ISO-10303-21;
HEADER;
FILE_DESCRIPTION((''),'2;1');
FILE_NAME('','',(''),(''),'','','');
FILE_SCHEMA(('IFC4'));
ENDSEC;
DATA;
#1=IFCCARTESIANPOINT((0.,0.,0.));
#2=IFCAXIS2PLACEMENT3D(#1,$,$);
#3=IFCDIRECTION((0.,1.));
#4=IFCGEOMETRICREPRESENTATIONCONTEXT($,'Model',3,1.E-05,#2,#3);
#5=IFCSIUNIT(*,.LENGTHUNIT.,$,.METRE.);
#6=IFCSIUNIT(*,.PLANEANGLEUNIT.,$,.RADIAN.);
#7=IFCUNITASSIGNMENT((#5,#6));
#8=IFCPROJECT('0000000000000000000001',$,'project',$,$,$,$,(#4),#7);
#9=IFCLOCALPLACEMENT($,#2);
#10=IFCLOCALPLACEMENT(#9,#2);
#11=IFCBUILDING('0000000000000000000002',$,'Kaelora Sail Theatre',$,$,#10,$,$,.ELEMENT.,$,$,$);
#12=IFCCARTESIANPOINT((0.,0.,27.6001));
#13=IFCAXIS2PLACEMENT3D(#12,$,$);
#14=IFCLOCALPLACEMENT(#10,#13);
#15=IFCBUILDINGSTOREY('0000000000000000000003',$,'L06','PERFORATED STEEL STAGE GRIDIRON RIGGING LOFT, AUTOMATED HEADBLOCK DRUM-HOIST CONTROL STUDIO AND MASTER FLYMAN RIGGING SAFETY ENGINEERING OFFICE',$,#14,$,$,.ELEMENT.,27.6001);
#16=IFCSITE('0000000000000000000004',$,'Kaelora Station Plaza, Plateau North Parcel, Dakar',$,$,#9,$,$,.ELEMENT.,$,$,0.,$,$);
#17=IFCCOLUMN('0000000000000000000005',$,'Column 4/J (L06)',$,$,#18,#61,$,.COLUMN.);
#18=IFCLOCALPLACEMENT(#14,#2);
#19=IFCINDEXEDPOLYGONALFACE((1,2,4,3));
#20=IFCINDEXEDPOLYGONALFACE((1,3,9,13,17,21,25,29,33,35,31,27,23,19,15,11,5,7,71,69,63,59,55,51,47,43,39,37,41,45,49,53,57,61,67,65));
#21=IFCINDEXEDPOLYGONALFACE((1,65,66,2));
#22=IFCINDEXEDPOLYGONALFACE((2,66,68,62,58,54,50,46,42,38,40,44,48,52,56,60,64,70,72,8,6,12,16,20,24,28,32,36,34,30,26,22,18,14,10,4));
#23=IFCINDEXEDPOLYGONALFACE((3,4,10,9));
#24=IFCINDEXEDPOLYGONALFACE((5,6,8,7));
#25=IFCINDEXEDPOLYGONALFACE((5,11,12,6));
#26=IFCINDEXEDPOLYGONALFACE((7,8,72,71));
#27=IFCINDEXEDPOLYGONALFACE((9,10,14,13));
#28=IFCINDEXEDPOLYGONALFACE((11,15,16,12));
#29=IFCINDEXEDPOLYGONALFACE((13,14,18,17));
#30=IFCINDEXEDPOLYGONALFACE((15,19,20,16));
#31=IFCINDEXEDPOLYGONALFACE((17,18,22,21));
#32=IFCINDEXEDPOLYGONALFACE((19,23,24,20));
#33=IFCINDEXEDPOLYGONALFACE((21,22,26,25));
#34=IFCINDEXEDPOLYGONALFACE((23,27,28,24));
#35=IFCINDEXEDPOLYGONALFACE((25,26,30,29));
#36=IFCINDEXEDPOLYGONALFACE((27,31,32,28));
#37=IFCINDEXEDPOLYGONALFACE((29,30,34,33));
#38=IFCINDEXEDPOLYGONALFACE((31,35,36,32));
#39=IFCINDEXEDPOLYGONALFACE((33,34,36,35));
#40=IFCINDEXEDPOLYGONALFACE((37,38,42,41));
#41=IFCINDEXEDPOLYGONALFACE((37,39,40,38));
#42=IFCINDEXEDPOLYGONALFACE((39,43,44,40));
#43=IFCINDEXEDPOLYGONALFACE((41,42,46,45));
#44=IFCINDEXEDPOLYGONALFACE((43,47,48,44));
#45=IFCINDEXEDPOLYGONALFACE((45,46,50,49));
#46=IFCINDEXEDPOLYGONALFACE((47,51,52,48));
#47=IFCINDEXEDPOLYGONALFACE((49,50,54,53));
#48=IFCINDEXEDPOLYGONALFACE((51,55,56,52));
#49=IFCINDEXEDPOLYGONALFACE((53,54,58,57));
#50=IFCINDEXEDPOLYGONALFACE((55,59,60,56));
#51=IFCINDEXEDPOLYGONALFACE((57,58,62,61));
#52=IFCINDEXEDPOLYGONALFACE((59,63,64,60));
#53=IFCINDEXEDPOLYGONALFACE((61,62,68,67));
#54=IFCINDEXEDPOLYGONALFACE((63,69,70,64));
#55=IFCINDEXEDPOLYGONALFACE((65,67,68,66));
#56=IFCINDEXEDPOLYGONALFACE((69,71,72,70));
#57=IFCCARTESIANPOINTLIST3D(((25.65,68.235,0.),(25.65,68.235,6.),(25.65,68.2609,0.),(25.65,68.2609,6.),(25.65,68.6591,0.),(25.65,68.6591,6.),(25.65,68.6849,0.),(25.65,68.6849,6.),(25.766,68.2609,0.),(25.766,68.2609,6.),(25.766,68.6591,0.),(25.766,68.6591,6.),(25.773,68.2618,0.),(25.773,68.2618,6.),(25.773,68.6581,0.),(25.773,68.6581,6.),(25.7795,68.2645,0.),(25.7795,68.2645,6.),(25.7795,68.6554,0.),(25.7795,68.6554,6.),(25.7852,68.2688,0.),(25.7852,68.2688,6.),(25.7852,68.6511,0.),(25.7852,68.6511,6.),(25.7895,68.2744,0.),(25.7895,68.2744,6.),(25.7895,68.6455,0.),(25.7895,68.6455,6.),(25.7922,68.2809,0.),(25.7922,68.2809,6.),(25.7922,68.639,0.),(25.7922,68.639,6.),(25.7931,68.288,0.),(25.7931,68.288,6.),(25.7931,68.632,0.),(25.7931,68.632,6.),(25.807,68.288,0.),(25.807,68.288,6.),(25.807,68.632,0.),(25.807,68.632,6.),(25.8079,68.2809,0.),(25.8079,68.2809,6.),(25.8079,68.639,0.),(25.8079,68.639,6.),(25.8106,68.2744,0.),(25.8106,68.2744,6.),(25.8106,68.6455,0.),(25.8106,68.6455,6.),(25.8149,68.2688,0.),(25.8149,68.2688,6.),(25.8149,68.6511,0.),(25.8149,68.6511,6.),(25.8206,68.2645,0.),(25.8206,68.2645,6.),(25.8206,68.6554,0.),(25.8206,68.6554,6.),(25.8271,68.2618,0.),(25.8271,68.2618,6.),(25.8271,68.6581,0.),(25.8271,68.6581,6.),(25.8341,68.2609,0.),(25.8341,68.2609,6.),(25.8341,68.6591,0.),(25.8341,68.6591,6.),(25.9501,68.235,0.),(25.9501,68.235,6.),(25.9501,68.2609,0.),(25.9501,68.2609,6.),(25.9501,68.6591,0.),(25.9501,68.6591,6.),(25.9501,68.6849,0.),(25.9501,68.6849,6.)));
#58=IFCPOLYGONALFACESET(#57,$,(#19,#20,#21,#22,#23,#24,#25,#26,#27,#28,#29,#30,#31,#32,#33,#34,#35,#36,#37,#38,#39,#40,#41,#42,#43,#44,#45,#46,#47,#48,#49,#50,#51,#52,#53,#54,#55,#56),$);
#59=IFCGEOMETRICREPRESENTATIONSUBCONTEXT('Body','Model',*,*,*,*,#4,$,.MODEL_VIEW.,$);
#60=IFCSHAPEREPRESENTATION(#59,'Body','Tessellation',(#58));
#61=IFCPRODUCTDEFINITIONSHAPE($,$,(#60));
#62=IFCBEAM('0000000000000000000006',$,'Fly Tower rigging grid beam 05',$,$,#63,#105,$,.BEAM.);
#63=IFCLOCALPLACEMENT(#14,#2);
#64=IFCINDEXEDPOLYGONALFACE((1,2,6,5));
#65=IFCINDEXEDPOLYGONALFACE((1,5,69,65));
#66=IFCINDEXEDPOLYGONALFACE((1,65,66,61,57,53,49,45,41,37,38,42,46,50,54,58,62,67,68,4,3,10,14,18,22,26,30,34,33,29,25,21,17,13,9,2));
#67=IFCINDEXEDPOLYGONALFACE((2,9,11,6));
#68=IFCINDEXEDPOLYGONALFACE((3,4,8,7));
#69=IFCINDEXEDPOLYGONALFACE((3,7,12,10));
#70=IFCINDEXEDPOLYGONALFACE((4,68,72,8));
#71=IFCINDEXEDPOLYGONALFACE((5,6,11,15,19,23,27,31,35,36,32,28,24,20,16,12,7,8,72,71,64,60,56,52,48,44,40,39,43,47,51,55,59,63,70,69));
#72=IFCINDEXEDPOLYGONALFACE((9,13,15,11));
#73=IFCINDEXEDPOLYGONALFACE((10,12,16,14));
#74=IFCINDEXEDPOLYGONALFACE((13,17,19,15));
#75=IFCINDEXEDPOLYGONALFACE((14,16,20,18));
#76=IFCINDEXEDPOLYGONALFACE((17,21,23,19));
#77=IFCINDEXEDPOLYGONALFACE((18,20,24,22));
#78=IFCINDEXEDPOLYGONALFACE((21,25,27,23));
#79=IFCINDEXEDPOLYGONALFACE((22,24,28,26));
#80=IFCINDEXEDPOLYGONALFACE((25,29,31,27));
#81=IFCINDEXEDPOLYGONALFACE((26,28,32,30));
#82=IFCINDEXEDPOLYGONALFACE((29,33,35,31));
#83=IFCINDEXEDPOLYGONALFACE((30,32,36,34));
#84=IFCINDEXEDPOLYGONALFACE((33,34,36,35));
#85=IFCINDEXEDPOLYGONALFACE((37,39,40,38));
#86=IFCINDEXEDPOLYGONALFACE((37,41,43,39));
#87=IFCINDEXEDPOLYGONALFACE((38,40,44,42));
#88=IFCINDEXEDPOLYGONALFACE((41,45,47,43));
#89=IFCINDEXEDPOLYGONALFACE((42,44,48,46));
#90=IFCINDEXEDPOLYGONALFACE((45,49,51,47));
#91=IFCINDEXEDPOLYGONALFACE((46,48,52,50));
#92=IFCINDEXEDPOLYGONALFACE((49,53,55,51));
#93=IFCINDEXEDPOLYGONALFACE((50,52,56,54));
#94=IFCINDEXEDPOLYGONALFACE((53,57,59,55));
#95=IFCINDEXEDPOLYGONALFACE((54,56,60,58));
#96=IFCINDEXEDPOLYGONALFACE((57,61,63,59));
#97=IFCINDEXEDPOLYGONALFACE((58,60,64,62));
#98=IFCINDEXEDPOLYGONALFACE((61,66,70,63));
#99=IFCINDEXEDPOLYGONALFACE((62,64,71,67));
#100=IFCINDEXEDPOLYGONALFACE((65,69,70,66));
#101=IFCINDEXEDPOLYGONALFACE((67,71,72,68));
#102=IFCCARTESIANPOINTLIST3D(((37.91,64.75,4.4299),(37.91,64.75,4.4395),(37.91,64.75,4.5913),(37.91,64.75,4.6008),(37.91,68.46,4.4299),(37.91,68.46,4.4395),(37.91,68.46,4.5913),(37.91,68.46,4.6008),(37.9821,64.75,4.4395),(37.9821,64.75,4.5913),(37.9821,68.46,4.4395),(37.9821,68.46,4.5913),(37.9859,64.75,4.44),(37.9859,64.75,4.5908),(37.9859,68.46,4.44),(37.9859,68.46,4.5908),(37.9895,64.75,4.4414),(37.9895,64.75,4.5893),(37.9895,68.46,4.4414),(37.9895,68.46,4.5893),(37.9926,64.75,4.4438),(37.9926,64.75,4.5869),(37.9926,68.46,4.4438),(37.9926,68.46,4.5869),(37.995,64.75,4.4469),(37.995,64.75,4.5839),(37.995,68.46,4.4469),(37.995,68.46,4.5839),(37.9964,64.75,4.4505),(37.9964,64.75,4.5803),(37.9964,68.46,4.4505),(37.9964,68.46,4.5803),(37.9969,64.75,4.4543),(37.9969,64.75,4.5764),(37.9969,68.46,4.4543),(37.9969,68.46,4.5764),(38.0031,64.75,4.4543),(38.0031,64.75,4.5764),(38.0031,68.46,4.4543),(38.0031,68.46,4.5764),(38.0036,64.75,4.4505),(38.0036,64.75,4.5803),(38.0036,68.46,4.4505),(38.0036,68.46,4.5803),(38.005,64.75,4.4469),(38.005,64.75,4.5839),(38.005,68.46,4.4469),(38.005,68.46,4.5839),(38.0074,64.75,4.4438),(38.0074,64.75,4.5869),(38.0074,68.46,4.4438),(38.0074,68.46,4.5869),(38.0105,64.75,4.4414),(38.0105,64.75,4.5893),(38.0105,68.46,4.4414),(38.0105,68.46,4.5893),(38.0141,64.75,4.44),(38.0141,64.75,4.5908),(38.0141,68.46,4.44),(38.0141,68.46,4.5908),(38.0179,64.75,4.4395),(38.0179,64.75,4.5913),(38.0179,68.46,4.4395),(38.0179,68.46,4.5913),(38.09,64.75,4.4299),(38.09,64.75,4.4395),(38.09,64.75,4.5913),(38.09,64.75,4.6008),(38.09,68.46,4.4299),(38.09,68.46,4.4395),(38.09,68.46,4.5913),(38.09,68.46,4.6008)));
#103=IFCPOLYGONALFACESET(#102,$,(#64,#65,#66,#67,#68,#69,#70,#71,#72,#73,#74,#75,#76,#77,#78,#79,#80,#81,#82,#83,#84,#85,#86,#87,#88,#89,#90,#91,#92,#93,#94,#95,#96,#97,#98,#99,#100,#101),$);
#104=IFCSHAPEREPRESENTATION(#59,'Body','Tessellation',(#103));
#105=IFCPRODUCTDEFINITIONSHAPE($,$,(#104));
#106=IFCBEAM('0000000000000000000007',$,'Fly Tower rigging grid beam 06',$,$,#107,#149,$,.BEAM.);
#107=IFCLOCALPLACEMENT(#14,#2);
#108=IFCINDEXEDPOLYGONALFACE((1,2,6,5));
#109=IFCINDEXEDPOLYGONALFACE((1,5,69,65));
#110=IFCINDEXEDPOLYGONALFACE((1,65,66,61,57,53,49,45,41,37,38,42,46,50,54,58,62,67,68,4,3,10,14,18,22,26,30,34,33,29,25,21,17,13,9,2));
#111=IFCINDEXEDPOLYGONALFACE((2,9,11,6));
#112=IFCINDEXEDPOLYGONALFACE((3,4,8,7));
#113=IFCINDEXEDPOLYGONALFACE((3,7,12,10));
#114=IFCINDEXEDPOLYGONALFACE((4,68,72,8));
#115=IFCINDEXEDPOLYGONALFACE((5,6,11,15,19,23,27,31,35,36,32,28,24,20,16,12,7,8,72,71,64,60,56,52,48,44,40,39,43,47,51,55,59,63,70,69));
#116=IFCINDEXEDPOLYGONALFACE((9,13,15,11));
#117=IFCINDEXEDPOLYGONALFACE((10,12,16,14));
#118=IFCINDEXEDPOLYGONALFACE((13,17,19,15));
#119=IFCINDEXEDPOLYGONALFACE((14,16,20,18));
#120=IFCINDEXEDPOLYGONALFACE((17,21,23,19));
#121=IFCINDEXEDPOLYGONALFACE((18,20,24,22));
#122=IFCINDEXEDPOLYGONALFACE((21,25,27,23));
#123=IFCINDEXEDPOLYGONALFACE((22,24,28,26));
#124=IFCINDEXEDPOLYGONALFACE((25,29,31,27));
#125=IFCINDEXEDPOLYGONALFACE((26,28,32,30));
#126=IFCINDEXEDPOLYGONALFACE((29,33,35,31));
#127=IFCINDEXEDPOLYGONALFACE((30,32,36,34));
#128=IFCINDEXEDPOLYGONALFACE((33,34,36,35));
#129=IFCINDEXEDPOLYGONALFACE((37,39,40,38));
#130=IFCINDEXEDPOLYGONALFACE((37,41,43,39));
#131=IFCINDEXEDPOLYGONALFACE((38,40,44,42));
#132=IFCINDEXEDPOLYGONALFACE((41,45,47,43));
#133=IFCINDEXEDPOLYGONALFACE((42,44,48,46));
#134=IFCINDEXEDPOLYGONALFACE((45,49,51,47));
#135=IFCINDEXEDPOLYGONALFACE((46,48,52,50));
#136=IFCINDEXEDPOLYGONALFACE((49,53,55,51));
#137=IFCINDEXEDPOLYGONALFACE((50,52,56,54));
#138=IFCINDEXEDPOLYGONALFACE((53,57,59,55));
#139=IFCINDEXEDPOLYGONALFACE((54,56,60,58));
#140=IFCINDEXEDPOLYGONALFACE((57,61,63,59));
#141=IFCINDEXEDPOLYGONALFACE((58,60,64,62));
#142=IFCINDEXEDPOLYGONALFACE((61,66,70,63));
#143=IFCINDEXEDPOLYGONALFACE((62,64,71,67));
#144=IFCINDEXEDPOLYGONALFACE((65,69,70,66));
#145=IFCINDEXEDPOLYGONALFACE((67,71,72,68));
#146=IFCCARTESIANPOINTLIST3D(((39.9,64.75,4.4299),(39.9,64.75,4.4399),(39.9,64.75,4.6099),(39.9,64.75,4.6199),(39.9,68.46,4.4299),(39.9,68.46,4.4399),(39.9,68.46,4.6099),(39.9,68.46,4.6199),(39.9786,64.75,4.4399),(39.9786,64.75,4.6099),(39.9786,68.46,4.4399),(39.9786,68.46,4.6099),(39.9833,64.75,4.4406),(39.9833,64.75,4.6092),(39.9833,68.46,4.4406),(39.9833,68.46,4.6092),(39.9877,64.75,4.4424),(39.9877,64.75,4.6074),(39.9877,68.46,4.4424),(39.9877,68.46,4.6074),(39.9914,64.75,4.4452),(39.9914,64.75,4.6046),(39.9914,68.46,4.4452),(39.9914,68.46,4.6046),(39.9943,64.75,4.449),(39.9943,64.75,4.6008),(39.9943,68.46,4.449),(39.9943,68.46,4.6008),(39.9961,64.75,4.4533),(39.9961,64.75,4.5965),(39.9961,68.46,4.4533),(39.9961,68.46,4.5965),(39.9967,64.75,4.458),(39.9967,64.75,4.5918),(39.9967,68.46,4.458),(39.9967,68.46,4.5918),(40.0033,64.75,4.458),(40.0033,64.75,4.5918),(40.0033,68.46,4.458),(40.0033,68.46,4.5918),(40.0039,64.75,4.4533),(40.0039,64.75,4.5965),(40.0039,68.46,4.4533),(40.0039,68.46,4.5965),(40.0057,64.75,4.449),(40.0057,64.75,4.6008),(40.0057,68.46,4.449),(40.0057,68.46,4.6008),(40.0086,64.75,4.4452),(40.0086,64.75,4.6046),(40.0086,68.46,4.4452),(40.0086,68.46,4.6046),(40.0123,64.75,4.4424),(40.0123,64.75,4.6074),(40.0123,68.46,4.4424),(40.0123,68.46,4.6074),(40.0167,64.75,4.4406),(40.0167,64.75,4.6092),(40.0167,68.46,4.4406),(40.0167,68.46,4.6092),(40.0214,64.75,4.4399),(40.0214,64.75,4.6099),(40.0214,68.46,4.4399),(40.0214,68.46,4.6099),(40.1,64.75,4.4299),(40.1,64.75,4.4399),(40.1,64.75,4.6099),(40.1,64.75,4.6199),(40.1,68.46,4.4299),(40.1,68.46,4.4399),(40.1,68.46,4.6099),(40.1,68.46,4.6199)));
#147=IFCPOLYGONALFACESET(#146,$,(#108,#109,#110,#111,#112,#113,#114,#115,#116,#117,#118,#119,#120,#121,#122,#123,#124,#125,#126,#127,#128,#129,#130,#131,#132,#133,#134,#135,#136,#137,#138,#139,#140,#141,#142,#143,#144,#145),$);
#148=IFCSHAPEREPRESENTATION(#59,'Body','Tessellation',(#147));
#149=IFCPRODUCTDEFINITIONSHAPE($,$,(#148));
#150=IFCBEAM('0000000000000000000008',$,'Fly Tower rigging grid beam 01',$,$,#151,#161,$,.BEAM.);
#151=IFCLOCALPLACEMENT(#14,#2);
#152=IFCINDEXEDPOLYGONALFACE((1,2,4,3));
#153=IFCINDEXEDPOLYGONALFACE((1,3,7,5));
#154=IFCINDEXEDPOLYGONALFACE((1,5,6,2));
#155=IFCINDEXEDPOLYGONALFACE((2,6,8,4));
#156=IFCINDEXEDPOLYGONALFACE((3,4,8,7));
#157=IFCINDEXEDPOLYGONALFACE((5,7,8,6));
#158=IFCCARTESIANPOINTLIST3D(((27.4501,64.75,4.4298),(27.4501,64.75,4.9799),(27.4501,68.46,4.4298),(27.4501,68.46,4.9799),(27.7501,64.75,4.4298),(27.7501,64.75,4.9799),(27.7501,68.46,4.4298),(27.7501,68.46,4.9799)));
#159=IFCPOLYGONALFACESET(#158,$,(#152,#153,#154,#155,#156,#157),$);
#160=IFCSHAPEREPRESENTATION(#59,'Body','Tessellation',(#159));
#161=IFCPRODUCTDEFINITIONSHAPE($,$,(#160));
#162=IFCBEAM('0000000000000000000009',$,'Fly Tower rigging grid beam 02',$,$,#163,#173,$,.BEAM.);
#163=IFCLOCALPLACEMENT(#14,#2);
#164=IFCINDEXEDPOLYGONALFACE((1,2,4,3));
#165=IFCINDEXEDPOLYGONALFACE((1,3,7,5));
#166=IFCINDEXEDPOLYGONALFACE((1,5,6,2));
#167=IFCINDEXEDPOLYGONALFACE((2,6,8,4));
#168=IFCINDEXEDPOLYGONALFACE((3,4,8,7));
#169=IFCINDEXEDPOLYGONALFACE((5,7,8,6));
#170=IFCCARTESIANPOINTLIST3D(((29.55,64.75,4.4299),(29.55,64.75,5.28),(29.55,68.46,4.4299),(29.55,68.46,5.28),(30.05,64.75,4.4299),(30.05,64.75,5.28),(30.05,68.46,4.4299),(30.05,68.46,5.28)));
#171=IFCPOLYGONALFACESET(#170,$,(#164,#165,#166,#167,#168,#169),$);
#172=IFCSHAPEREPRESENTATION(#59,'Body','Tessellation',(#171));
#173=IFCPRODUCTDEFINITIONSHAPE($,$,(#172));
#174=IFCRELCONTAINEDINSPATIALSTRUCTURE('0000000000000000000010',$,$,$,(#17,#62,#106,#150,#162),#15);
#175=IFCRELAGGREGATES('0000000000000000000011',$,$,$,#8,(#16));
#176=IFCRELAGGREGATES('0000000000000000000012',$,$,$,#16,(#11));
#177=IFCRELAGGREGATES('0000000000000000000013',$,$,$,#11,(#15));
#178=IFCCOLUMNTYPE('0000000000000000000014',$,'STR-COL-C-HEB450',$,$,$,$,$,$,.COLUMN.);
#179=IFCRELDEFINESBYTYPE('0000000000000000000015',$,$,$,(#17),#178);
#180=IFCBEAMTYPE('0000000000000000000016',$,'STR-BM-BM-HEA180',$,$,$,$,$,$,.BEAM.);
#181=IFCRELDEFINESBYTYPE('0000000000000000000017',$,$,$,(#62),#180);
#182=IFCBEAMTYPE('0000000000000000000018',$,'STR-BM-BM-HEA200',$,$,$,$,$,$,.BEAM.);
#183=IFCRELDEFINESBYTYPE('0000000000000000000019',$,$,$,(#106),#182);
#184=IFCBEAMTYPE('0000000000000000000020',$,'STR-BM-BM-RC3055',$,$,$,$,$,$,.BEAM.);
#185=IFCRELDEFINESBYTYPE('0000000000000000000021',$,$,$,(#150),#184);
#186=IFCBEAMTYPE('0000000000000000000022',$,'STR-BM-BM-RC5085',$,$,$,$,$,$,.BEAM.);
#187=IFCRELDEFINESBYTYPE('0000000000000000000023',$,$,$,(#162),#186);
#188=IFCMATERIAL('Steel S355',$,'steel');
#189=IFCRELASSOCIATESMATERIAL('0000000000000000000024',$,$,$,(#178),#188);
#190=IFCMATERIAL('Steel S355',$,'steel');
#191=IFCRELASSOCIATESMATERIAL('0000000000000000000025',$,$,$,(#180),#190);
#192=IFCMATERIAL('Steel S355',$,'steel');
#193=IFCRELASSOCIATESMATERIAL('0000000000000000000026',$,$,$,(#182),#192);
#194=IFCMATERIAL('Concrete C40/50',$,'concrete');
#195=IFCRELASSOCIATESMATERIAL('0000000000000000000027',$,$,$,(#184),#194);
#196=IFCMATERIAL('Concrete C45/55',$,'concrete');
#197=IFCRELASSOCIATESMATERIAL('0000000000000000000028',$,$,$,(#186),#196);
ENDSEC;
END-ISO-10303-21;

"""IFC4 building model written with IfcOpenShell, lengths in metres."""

from ifc_helpers import new_model, si_unit, direction, frame, origin, origin_2d, place, context, subcontext, project, spatial, rectangle, i_section, extrude, material, material_profile, profile_set, type_object, element, save


model = new_model("IFC4")

# Units and contexts
model_context = context("Model", 3, precision=1e-05, world=origin(), true_north=direction((0.0, 1.0)))
body_context = subcontext(model_context, "Body", "Model", "MODEL_VIEW")
ifc_project = project(units=[si_unit("LENGTHUNIT", "METRE"), si_unit("PLANEANGLEUNIT", "RADIAN")], contexts=[model_context])

# Site, building, storey
site_placement = place(None, origin())
site = spatial("IfcSite", under=ifc_project, at=site_placement, Name="Kaelora Station Plaza, Plateau North Parcel, Dakar", CompositionType="ELEMENT", RefElevation=0.0)
building_placement = place(site_placement, origin())
building = spatial("IfcBuilding", under=site, at=building_placement, Name="Kaelora Sail Theatre", CompositionType="ELEMENT")
storey_placement = place(building_placement, frame((0.0, 0.0, 27.6001)))
storey = spatial("IfcBuildingStorey", under=building, at=storey_placement, Name="L06", Description="PERFORATED STEEL STAGE GRIDIRON RIGGING LOFT, AUTOMATED HEADBLOCK DRUM-HOIST CONTROL STUDIO AND MASTER FLYMAN RIGGING SAFETY ENGINEERING OFFICE", CompositionType="ELEMENT", Elevation=27.6001)

# Column
ifc_material_1 = material(Name="Steel S355", Category="steel")
ifc_material_profile_1 = material_profile(ifc_material_1, i_section(OverallWidth=0.3, OverallDepth=0.45, WebThickness=0.0139, FlangeThickness=0.0259, FilletRadius=0.0271, at=origin_2d()), Name="HEB 450")
ifc_profile_set_1 = profile_set([ifc_material_profile_1], Name="Steel S355")
column_type = type_object("IfcColumnType", Name="STR-COL-C-HEB450", PredefinedType="COLUMN", material=ifc_profile_set_1)
column_placement = place(storey_placement, frame((25.8, 68.46, 0.0), z_axis=(0.0, 0.0, 1.0), x_axis=(1.0, 0.0, 0.0)))
element("IfcColumn", 1, at=column_placement, inside=storey, type_object=column_type, Name="Column 4/J (L06)", PredefinedType="COLUMN", context=body_context, shape_type="SweptSolid", body=[
    extrude(i_section(OverallWidth=0.3, OverallDepth=0.45, WebThickness=0.0139, FlangeThickness=0.0259, FilletRadius=0.0271, at=origin_2d()), origin(), (0.0, 0.0, 1.0), 6.0),
])

# Beams
ifc_material_2 = material(Name="Steel S355", Category="steel")
ifc_material_profile_2 = material_profile(ifc_material_2, i_section(OverallWidth=0.1799, OverallDepth=0.1709, WebThickness=0.0061, FlangeThickness=0.0095, FilletRadius=0.0149, at=origin_2d()), Name="HEA 180")
ifc_profile_set_2 = profile_set([ifc_material_profile_2], Name="Steel S355")
beam_type_1 = type_object("IfcBeamType", Name="STR-BM-BM-HEA180", PredefinedType="BEAM", material=ifc_profile_set_2)
beam_1_placement = place(storey_placement, frame((38.0, 64.75, 4.5154), z_axis=(0.0, 1.0, 0.0), x_axis=(-1.0, 0.0, 0.0)))
element("IfcBeam", 2, at=beam_1_placement, inside=storey, type_object=beam_type_1, Name="Fly Tower rigging grid beam 05", PredefinedType="BEAM", context=body_context, shape_type="SweptSolid", body=[
    extrude(i_section(OverallWidth=0.1799, OverallDepth=0.1709, WebThickness=0.0061, FlangeThickness=0.0095, FilletRadius=0.0149, at=origin_2d()), origin(), (0.0, 0.0, 1.0), 3.71),
])
ifc_material_3 = material(Name="Steel S355", Category="steel")
ifc_material_profile_3 = material_profile(ifc_material_3, i_section(OverallWidth=0.2, OverallDepth=0.1899, WebThickness=0.0066, FlangeThickness=0.01, FilletRadius=0.0181, at=origin_2d()), Name="HEA 200")
ifc_profile_set_3 = profile_set([ifc_material_profile_3], Name="Steel S355")
beam_type_2 = type_object("IfcBeamType", Name="STR-BM-BM-HEA200", PredefinedType="BEAM", material=ifc_profile_set_3)
beam_2_placement = place(storey_placement, frame((40.0, 64.75, 4.5249), z_axis=(0.0, 1.0, 0.0), x_axis=(-1.0, 0.0, 0.0)))
element("IfcBeam", 3, at=beam_2_placement, inside=storey, type_object=beam_type_2, Name="Fly Tower rigging grid beam 06", PredefinedType="BEAM", context=body_context, shape_type="SweptSolid", body=[
    extrude(i_section(OverallWidth=0.2, OverallDepth=0.1899, WebThickness=0.0066, FlangeThickness=0.01, FilletRadius=0.0181, at=origin_2d()), origin(), (0.0, 0.0, 1.0), 3.71),
])
ifc_material_4 = material(Name="Concrete C40/50", Category="concrete")
ifc_material_profile_4 = material_profile(ifc_material_4, rectangle(XDim=0.3, YDim=0.55, at=origin_2d()), Name="RC-BM 300x550")
ifc_profile_set_4 = profile_set([ifc_material_profile_4], Name="Concrete C40/50")
beam_type_3 = type_object("IfcBeamType", Name="STR-BM-BM-RC3055", PredefinedType="BEAM", material=ifc_profile_set_4)
beam_3_placement = place(storey_placement, frame((27.6001, 64.75, 4.7048), z_axis=(0.0, 1.0, 0.0), x_axis=(-1.0, 0.0, 0.0)))
element("IfcBeam", 4, at=beam_3_placement, inside=storey, type_object=beam_type_3, Name="Fly Tower rigging grid beam 01", PredefinedType="BEAM", context=body_context, shape_type="SweptSolid", body=[
    extrude(rectangle(XDim=0.3, YDim=0.55, at=origin_2d()), origin(), (0.0, 0.0, 1.0), 3.71),
])
ifc_material_5 = material(Name="Concrete C45/55", Category="concrete")
ifc_material_profile_5 = material_profile(ifc_material_5, rectangle(XDim=0.5, YDim=0.8501, at=origin_2d()), Name="RC-BM 500x850")
ifc_profile_set_5 = profile_set([ifc_material_profile_5], Name="Concrete C45/55")
beam_type_4 = type_object("IfcBeamType", Name="STR-BM-BM-RC5085", PredefinedType="BEAM", material=ifc_profile_set_5)
beam_4_placement = place(storey_placement, frame((29.8, 64.75, 4.855), z_axis=(0.0, 1.0, 0.0), x_axis=(-1.0, 0.0, 0.0)))
element("IfcBeam", 5, at=beam_4_placement, inside=storey, type_object=beam_type_4, Name="Fly Tower rigging grid beam 02", PredefinedType="BEAM", context=body_context, shape_type="SweptSolid", body=[
    extrude(rectangle(XDim=0.5, YDim=0.8501, at=origin_2d()), origin(), (0.0, 0.0, 1.0), 3.71),
])

save(model, "model.ifc")
